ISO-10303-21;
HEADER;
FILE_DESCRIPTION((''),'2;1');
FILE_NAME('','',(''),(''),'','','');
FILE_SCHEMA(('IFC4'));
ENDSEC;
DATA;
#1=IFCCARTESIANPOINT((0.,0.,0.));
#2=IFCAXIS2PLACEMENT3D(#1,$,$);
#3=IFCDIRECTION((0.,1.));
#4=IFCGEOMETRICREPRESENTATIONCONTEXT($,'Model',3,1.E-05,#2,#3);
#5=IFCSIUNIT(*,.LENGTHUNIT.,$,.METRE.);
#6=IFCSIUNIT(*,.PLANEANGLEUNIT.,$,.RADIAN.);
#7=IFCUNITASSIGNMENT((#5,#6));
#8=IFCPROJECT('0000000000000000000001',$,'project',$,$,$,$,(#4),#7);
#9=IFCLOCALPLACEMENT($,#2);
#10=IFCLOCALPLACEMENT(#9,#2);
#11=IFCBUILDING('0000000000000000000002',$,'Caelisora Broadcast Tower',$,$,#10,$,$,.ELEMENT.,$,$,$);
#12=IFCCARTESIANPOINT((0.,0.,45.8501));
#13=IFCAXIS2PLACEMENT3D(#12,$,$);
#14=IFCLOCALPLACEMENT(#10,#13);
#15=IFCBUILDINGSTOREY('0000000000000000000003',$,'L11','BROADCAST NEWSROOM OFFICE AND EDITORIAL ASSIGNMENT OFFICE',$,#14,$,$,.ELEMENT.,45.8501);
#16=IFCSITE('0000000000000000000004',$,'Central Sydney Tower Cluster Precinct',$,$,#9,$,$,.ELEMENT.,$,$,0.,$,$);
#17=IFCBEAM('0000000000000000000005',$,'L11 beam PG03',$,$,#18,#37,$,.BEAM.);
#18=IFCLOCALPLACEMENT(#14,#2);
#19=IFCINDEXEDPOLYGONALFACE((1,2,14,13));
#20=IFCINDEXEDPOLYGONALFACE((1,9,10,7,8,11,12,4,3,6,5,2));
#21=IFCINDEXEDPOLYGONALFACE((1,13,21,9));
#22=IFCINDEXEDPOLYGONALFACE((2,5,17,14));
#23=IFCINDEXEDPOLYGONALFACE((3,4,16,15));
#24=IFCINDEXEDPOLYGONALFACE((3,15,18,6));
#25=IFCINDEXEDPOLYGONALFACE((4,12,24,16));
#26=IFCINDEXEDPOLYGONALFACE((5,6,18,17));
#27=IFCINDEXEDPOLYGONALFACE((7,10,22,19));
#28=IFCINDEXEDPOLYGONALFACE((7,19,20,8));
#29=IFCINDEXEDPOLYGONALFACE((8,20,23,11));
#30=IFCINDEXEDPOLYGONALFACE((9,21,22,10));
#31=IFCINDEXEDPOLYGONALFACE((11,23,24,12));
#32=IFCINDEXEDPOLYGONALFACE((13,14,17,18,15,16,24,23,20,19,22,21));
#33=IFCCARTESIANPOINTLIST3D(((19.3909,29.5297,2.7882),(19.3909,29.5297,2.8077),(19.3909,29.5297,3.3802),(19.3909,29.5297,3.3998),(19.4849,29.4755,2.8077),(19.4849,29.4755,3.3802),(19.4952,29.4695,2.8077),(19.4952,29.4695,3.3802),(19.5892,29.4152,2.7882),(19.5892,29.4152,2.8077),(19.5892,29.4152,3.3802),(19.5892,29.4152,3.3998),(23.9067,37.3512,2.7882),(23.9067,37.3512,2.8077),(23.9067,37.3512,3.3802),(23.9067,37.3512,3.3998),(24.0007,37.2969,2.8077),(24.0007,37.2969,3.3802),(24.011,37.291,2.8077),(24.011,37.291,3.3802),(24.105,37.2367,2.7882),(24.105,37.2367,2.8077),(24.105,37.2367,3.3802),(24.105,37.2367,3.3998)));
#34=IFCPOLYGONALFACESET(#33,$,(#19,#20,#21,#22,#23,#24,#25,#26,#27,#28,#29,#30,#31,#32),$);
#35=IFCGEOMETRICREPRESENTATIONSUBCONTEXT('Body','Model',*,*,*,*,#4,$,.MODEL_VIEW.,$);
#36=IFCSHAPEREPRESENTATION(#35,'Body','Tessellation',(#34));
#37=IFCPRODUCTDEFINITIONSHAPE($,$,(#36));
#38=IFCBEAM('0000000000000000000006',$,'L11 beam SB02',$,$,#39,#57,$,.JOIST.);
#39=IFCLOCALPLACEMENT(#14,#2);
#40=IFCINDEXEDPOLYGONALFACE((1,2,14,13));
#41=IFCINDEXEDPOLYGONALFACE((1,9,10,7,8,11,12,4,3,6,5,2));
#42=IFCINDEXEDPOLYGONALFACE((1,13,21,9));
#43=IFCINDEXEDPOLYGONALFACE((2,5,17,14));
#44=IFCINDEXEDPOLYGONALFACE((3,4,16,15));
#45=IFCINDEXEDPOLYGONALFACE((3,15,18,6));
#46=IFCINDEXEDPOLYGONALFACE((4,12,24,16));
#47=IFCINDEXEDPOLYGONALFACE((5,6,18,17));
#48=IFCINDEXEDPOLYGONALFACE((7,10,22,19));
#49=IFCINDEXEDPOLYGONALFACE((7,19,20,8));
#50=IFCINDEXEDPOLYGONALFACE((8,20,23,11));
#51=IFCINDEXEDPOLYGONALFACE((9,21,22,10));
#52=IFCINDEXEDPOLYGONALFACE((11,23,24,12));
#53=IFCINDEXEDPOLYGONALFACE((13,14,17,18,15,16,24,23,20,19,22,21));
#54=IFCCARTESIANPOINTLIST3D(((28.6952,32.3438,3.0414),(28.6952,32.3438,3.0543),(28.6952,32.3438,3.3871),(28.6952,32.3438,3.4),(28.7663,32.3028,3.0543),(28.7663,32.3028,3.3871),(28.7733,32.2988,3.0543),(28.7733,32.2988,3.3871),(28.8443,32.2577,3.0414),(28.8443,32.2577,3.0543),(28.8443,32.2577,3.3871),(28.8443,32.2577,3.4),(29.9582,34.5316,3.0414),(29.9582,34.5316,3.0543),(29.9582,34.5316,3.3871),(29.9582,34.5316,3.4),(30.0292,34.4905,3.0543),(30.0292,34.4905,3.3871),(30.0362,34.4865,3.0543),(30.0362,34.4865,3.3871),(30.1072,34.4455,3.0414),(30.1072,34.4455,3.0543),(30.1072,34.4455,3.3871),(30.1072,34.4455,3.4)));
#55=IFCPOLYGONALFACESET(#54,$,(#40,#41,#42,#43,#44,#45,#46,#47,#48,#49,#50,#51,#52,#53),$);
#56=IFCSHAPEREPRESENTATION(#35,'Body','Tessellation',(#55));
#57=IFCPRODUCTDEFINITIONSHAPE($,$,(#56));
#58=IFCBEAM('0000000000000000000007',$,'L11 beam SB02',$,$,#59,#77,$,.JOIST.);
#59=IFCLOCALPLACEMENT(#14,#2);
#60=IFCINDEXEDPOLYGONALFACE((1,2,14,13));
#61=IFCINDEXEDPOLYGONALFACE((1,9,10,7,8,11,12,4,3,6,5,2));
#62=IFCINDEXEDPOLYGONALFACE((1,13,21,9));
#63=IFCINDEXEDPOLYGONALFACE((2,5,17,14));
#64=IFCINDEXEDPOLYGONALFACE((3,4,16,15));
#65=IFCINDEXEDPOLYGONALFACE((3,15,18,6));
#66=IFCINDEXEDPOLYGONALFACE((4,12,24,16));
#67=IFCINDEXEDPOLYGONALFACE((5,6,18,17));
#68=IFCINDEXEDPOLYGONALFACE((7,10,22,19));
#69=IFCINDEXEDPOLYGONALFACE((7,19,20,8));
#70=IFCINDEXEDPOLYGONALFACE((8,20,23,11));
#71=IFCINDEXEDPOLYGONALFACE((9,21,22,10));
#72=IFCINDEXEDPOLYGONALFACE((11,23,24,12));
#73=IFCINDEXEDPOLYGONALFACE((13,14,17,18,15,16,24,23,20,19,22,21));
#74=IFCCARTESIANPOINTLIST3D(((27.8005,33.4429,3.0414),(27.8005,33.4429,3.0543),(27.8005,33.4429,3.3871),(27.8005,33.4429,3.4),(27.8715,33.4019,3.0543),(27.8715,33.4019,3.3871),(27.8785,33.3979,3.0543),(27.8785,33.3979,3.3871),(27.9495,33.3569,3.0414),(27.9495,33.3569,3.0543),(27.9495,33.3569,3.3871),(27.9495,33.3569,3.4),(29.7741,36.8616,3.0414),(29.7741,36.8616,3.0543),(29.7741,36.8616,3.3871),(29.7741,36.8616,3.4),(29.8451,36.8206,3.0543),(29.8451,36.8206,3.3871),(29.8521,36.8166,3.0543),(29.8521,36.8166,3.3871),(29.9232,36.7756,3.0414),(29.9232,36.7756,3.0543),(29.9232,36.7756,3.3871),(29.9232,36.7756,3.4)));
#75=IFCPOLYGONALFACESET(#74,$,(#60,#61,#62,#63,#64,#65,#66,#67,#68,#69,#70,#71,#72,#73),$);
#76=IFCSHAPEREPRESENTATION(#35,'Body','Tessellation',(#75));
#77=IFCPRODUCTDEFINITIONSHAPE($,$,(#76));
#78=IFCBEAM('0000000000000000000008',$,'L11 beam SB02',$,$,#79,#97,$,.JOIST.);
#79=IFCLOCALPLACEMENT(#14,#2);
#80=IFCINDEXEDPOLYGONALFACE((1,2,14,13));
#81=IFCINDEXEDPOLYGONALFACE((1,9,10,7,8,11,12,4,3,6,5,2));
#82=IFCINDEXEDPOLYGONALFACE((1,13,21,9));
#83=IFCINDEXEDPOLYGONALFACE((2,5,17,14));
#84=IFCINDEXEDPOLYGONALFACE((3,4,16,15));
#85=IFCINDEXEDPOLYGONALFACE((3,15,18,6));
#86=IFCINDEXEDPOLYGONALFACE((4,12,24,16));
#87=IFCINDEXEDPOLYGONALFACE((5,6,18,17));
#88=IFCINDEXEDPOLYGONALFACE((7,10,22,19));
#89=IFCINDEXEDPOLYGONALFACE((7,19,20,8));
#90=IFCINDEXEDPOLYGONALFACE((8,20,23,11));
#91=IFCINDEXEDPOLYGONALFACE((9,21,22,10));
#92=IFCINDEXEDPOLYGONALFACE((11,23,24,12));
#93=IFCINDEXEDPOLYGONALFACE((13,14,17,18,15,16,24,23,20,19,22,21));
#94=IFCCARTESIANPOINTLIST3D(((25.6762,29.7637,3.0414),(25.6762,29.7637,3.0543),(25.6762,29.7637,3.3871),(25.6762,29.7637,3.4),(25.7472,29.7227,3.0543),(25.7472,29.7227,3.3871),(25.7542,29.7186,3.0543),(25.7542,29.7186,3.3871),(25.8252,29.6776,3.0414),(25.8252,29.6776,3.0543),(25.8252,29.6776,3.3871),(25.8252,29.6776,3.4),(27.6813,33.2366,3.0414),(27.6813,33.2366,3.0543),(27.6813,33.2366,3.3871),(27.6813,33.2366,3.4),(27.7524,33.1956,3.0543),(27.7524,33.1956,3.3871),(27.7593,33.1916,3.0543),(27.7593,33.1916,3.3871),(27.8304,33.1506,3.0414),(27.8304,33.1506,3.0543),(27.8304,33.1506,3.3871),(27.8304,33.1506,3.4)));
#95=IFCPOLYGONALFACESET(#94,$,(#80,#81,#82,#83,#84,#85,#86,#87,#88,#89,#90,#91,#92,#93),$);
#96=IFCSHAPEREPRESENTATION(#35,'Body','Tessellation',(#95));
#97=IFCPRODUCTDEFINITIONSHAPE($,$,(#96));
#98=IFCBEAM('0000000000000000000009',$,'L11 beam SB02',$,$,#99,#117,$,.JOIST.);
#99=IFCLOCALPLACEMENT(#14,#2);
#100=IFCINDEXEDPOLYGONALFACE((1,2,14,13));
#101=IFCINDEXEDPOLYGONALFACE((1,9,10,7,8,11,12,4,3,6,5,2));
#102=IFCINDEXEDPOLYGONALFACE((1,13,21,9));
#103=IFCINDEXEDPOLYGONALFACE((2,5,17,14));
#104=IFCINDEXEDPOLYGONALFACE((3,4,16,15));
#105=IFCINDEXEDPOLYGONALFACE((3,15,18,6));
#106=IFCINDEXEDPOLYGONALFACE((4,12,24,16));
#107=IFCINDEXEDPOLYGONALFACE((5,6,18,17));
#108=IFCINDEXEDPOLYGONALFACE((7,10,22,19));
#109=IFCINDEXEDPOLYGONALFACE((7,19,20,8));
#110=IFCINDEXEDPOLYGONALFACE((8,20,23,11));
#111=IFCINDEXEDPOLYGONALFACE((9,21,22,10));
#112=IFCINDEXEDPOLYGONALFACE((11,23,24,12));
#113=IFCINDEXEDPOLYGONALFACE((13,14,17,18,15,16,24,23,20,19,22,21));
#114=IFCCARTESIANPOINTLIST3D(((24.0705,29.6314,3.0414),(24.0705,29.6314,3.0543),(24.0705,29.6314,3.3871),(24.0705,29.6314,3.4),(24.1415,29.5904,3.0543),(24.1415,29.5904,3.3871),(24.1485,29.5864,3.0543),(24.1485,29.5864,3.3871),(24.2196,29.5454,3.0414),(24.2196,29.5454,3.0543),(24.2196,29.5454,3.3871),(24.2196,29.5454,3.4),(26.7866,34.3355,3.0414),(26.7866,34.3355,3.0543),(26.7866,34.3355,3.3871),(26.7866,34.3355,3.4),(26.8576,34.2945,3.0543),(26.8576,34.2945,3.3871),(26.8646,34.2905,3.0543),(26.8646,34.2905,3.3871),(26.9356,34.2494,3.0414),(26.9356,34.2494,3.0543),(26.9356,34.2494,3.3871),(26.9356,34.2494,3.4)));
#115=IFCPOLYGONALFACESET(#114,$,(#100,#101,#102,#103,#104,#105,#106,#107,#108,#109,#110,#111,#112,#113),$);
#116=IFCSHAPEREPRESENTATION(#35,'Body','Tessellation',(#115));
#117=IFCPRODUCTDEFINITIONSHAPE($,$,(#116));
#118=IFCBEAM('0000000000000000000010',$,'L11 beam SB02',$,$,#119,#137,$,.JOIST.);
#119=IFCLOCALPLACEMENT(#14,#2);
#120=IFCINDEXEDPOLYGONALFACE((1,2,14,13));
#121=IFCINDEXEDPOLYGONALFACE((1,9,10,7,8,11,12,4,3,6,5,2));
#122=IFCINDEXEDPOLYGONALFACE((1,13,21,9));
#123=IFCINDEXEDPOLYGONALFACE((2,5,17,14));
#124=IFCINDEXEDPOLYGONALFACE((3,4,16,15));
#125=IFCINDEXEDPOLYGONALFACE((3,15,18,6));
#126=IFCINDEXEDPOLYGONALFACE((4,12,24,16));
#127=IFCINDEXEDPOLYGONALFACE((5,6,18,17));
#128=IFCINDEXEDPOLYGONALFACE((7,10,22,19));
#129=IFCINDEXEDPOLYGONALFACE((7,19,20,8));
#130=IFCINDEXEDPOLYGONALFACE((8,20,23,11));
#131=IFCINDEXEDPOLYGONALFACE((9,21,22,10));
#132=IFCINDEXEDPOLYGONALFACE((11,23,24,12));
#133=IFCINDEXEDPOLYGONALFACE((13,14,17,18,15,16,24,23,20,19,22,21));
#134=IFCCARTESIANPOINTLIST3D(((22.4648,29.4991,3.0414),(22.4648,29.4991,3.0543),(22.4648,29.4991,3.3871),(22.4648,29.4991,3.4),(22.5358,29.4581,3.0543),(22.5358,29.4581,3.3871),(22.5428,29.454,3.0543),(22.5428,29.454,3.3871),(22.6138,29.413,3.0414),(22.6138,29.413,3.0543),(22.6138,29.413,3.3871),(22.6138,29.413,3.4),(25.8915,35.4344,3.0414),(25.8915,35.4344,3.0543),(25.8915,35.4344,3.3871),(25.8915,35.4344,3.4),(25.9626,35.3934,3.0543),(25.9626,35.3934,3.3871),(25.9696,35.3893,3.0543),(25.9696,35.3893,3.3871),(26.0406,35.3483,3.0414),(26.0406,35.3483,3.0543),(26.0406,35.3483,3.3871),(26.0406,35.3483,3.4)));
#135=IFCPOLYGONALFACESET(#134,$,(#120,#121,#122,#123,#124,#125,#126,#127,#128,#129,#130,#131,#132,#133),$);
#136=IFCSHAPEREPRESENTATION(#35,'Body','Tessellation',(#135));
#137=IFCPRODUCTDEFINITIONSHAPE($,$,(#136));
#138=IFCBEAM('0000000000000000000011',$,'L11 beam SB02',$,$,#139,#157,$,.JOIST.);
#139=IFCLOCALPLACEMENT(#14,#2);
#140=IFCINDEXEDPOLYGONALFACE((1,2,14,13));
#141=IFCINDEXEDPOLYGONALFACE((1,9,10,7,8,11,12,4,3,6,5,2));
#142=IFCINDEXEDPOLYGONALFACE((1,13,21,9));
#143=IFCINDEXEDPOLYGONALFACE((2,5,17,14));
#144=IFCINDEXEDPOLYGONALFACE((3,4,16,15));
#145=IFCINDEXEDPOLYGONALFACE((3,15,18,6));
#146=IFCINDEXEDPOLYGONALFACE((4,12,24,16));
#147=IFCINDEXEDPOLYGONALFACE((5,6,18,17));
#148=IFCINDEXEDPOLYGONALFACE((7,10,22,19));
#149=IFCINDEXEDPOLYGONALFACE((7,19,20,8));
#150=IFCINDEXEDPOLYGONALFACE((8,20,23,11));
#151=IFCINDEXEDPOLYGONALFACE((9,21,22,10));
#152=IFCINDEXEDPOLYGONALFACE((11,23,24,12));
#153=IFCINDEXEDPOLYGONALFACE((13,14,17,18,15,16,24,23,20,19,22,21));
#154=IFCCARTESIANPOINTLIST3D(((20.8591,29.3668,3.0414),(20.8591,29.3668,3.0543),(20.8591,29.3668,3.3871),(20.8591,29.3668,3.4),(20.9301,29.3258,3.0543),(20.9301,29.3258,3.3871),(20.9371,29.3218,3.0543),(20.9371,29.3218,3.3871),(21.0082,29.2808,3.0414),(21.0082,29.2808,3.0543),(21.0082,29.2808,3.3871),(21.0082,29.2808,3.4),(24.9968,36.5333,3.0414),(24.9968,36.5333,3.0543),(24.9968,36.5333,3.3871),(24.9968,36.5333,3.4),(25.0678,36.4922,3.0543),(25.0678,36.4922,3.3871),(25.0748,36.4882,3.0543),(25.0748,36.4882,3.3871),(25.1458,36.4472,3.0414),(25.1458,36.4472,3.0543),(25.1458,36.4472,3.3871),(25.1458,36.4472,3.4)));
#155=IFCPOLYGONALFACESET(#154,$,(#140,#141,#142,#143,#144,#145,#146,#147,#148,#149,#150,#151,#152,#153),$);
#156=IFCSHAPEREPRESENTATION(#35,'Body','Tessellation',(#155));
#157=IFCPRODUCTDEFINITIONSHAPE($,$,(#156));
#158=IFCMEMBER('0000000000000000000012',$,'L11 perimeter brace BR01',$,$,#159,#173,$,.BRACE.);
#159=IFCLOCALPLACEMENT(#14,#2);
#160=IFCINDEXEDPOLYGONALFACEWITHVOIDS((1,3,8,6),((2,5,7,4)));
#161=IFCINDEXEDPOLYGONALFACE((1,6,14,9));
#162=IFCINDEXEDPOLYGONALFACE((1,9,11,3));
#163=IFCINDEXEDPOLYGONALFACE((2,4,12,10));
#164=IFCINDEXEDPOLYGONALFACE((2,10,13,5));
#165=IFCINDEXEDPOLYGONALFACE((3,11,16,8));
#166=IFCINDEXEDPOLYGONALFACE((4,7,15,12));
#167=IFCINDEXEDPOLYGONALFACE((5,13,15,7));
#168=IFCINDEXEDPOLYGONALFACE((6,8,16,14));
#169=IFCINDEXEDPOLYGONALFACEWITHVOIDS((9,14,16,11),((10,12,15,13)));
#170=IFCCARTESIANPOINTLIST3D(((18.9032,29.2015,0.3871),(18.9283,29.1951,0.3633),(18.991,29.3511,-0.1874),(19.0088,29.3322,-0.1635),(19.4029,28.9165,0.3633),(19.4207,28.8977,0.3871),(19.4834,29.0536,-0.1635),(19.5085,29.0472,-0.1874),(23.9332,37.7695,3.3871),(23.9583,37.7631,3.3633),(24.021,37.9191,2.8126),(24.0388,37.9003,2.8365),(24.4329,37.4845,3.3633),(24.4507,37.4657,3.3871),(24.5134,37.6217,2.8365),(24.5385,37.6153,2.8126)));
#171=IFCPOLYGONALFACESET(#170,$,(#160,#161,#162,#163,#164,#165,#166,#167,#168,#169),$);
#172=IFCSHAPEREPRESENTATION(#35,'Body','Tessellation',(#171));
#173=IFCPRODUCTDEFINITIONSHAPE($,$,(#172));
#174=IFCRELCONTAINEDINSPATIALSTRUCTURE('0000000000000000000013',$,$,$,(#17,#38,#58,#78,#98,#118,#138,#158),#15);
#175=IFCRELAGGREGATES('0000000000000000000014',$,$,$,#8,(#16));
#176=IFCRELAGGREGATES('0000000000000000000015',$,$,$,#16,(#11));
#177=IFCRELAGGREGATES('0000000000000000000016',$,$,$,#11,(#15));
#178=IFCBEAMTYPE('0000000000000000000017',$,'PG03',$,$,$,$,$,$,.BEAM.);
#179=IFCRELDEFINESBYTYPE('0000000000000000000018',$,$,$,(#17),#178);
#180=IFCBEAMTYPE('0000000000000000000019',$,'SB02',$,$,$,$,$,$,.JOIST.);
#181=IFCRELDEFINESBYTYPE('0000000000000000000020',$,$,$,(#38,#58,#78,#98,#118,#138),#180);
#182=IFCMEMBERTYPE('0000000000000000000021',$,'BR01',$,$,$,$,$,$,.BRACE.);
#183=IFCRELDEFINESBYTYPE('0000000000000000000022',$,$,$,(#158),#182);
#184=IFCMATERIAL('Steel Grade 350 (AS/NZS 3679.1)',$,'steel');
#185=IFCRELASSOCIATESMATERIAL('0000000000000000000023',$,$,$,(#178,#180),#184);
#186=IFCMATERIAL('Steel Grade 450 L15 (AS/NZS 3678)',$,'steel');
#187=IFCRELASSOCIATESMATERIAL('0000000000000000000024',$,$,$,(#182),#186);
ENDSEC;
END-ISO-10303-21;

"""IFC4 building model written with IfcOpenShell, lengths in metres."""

from ifc_helpers import new_model, si_unit, direction, frame, origin, origin_2d, place, context, subcontext, project, spatial, hollow_rectangle, i_section, extrude, source, transform, mapped, material, material_profile, profile_set, type_object, type_shapes, element, save


model = new_model("IFC4")

# Units and contexts
model_context = context("Model", 3, precision=1e-05, world=origin(), true_north=direction((0.0, 1.0)))
body_context = subcontext(model_context, "Body", "Model", "MODEL_VIEW")
ifc_project = project(units=[si_unit("LENGTHUNIT", "METRE"), si_unit("PLANEANGLEUNIT", "RADIAN")], contexts=[model_context])

# Site, building, storey
site_placement = place(None, origin())
site = spatial("IfcSite", under=ifc_project, at=site_placement, Name="Central Sydney Tower Cluster Precinct", CompositionType="ELEMENT", RefElevation=0.0)
building_placement = place(site_placement, origin())
building = spatial("IfcBuilding", under=site, at=building_placement, Name="Caelisora Broadcast Tower", CompositionType="ELEMENT")
storey_placement = place(building_placement, frame((0.0, 0.0, 45.8501)))
storey = spatial("IfcBuildingStorey", under=building, at=storey_placement, Name="L11", Description="BROADCAST NEWSROOM OFFICE AND EDITORIAL ASSIGNMENT OFFICE", CompositionType="ELEMENT", Elevation=45.8501)

# Beams
ifc_material_1 = material(Name="Steel Grade 350 (AS/NZS 3679.1)", Category="steel")
ifc_material_profile_1 = material_profile(ifc_material_1, i_section(OverallWidth=0.229, OverallDepth=0.6116, WebThickness=0.012, FlangeThickness=0.0195, at=origin_2d()), Name="Steel Grade 350 (AS/NZS 3679.1)")
ifc_profile_set_1 = profile_set([ifc_material_profile_1], Name="Steel Grade 350 (AS/NZS 3679.1)")
beam_type_1 = type_object("IfcBeamType", Name="PG03", PredefinedType="BEAM", material=ifc_profile_set_1)
shared_shape_1 = source(origin(), body_context, "Body", "SweptSolid", [
    extrude(i_section(OverallWidth=0.229, OverallDepth=0.6116, WebThickness=0.012, FlangeThickness=0.0195, at=origin_2d()), origin(), (0.0, 0.0, 1.0), 9.0315),
])
type_shapes(beam_type_1, [shared_shape_1])
beam_1_placement = place(storey_placement, frame((24.0059, 37.2939, 3.094), z_axis=(-0.500009, -0.86602, 0.0), x_axis=(0.86602, -0.500009, 0.0)))
element("IfcBeam", 1, at=beam_1_placement, inside=storey, type_object=beam_type_1, Name="L11 beam PG03", PredefinedType="BEAM", context=body_context, shape_type="MappedRepresentation", body=[
    mapped(shared_shape_1, transform((0.0, 0.0, 0.0), scale=1.0)),
])
ifc_material_profile_2 = material_profile(ifc_material_1, i_section(OverallWidth=0.1721, OverallDepth=0.3586, WebThickness=0.0081, FlangeThickness=0.0129, at=origin_2d()), Name="Steel Grade 350 (AS/NZS 3679.1)")
ifc_profile_set_2 = profile_set([ifc_material_profile_2], Name="Steel Grade 350 (AS/NZS 3679.1)")
beam_type_2 = type_object("IfcBeamType", Name="SB02", PredefinedType="JOIST", material=ifc_profile_set_2)
shared_shape_2 = source(origin(), body_context, "Body", "SweptSolid", [
    extrude(i_section(OverallWidth=0.1721, OverallDepth=0.3586, WebThickness=0.0081, FlangeThickness=0.0129, at=origin_2d()), origin(), (0.0, 0.0, 1.0), 2.5261),
])
beam_2_placement = place(storey_placement, frame((30.0327, 34.4885, 3.2207), z_axis=(-0.499954, -0.866052, 0.0), x_axis=(0.866052, -0.499954, 0.0)))
element("IfcBeam", 2, at=beam_2_placement, inside=storey, type_object=beam_type_2, Name="L11 beam SB02", PredefinedType="JOIST", context=body_context, shape_type="MappedRepresentation", body=[
    mapped(shared_shape_2, transform((0.0, 0.0, 0.0), scale=1.0)),
])
shared_shape_3 = source(origin(), body_context, "Body", "SweptSolid", [
    extrude(i_section(OverallWidth=0.1721, OverallDepth=0.3586, WebThickness=0.0081, FlangeThickness=0.0129, at=origin_2d()), origin(), (0.0, 0.0, 1.0), 3.9475),
])
beam_3_placement = place(storey_placement, frame((29.8486, 36.8186, 3.2207), z_axis=(-0.499971, -0.866042, 0.0), x_axis=(0.866042, -0.499971, 0.0)))
element("IfcBeam", 3, at=beam_3_placement, inside=storey, type_object=beam_type_2, Name="L11 beam SB02", PredefinedType="JOIST", context=body_context, shape_type="MappedRepresentation", body=[
    mapped(shared_shape_3, transform((0.0, 0.0, 0.0), scale=1.0)),
])
shared_shape_4 = source(origin(), body_context, "Body", "SweptSolid", [
    extrude(i_section(OverallWidth=0.1721, OverallDepth=0.3586, WebThickness=0.0081, FlangeThickness=0.0129, at=origin_2d()), origin(), (0.0, 0.0, 1.0), 4.0103),
])
beam_4_placement = place(storey_placement, frame((27.7559, 33.1936, 3.2207), z_axis=(-0.500009, -0.86602, 0.0), x_axis=(0.86602, -0.500009, 0.0)))
element("IfcBeam", 4, at=beam_4_placement, inside=storey, type_object=beam_type_2, Name="L11 beam SB02", PredefinedType="JOIST", context=body_context, shape_type="MappedRepresentation", body=[
    mapped(shared_shape_4, transform((0.0, 0.0, 0.0), scale=1.0)),
])
shared_shape_5 = source(origin(), body_context, "Body", "SweptSolid", [
    extrude(i_section(OverallWidth=0.1721, OverallDepth=0.3586, WebThickness=0.0081, FlangeThickness=0.0129, at=origin_2d()), origin(), (0.0, 0.0, 1.0), 5.4319),
])
beam_5_placement = place(storey_placement, frame((26.8611, 34.2925, 3.2207), z_axis=(-0.500021, -0.866013, 0.0), x_axis=(0.866013, -0.500021, 0.0)))
element("IfcBeam", 5, at=beam_5_placement, inside=storey, type_object=beam_type_2, Name="L11 beam SB02", PredefinedType="JOIST", context=body_context, shape_type="MappedRepresentation", body=[
    mapped(shared_shape_5, transform((0.0, 0.0, 0.0), scale=1.0)),
])
shared_shape_6 = source(origin(), body_context, "Body", "SweptSolid", [
    extrude(i_section(OverallWidth=0.1721, OverallDepth=0.3586, WebThickness=0.0081, FlangeThickness=0.0129, at=origin_2d()), origin(), (0.0, 0.0, 1.0), 6.8535),
])
beam_6_placement = place(storey_placement, frame((25.9661, 35.3914, 3.2207), z_axis=(-0.500001, -0.866025, 0.0), x_axis=(0.866025, -0.500001, 0.0)))
element("IfcBeam", 6, at=beam_6_placement, inside=storey, type_object=beam_type_2, Name="L11 beam SB02", PredefinedType="JOIST", context=body_context, shape_type="MappedRepresentation", body=[
    mapped(shared_shape_6, transform((0.0, 0.0, 0.0), scale=1.0)),
])
shared_shape_7 = source(origin(), body_context, "Body", "SweptSolid", [
    extrude(i_section(OverallWidth=0.1721, OverallDepth=0.3586, WebThickness=0.0081, FlangeThickness=0.0129, at=origin_2d()), origin(), (0.0, 0.0, 1.0), 8.2751),
])
type_shapes(beam_type_2, [shared_shape_2, shared_shape_3, shared_shape_4, shared_shape_5, shared_shape_6, shared_shape_7])
beam_7_placement = place(storey_placement, frame((25.0713, 36.4902, 3.2207), z_axis=(-0.50001, -0.86602, 0.0), x_axis=(0.86602, -0.50001, 0.0)))
element("IfcBeam", 7, at=beam_7_placement, inside=storey, type_object=beam_type_2, Name="L11 beam SB02", PredefinedType="JOIST", context=body_context, shape_type="MappedRepresentation", body=[
    mapped(shared_shape_7, transform((0.0, 0.0, 0.0), scale=1.0)),
])

# Member
ifc_material_2 = material(Name="Steel Grade 450 L15 (AS/NZS 3678)", Category="steel")
ifc_material_profile_3 = material_profile(ifc_material_2, hollow_rectangle(XDim=0.6001, YDim=0.6001, WallThickness=0.0249, at=origin_2d()), Name="Steel Grade 450 L15 (AS/NZS 3678)")
ifc_profile_set_3 = profile_set([ifc_material_profile_3], Name="Steel Grade 450 L15 (AS/NZS 3678)")
member_type_1 = type_object("IfcMemberType", Name="BR01", PredefinedType="BRACE", material=ifc_profile_set_3)
shared_shape_8 = source(origin(), body_context, "Body", "SweptSolid", [
    extrude(hollow_rectangle(XDim=0.6001, YDim=0.6001, WallThickness=0.0249, at=origin_2d()), origin(), (0.0, 0.0, 1.0), 10.3784),
])
type_shapes(member_type_1, [shared_shape_8])
member_1_placement = place(storey_placement, frame((24.2358, 37.6924, 3.0999), z_axis=(-0.484657, -0.825562, -0.289058), x_axis=(0.862375, -0.506269, 0.0)))
element("IfcMember", 8, at=member_1_placement, inside=storey, type_object=member_type_1, Name="L11 perimeter brace BR01", PredefinedType="BRACE", context=body_context, shape_type="MappedRepresentation", body=[
    mapped(shared_shape_8, transform((0.0, 0.0, 0.0), scale=1.0)),
])

save(model, "model.ifc")
